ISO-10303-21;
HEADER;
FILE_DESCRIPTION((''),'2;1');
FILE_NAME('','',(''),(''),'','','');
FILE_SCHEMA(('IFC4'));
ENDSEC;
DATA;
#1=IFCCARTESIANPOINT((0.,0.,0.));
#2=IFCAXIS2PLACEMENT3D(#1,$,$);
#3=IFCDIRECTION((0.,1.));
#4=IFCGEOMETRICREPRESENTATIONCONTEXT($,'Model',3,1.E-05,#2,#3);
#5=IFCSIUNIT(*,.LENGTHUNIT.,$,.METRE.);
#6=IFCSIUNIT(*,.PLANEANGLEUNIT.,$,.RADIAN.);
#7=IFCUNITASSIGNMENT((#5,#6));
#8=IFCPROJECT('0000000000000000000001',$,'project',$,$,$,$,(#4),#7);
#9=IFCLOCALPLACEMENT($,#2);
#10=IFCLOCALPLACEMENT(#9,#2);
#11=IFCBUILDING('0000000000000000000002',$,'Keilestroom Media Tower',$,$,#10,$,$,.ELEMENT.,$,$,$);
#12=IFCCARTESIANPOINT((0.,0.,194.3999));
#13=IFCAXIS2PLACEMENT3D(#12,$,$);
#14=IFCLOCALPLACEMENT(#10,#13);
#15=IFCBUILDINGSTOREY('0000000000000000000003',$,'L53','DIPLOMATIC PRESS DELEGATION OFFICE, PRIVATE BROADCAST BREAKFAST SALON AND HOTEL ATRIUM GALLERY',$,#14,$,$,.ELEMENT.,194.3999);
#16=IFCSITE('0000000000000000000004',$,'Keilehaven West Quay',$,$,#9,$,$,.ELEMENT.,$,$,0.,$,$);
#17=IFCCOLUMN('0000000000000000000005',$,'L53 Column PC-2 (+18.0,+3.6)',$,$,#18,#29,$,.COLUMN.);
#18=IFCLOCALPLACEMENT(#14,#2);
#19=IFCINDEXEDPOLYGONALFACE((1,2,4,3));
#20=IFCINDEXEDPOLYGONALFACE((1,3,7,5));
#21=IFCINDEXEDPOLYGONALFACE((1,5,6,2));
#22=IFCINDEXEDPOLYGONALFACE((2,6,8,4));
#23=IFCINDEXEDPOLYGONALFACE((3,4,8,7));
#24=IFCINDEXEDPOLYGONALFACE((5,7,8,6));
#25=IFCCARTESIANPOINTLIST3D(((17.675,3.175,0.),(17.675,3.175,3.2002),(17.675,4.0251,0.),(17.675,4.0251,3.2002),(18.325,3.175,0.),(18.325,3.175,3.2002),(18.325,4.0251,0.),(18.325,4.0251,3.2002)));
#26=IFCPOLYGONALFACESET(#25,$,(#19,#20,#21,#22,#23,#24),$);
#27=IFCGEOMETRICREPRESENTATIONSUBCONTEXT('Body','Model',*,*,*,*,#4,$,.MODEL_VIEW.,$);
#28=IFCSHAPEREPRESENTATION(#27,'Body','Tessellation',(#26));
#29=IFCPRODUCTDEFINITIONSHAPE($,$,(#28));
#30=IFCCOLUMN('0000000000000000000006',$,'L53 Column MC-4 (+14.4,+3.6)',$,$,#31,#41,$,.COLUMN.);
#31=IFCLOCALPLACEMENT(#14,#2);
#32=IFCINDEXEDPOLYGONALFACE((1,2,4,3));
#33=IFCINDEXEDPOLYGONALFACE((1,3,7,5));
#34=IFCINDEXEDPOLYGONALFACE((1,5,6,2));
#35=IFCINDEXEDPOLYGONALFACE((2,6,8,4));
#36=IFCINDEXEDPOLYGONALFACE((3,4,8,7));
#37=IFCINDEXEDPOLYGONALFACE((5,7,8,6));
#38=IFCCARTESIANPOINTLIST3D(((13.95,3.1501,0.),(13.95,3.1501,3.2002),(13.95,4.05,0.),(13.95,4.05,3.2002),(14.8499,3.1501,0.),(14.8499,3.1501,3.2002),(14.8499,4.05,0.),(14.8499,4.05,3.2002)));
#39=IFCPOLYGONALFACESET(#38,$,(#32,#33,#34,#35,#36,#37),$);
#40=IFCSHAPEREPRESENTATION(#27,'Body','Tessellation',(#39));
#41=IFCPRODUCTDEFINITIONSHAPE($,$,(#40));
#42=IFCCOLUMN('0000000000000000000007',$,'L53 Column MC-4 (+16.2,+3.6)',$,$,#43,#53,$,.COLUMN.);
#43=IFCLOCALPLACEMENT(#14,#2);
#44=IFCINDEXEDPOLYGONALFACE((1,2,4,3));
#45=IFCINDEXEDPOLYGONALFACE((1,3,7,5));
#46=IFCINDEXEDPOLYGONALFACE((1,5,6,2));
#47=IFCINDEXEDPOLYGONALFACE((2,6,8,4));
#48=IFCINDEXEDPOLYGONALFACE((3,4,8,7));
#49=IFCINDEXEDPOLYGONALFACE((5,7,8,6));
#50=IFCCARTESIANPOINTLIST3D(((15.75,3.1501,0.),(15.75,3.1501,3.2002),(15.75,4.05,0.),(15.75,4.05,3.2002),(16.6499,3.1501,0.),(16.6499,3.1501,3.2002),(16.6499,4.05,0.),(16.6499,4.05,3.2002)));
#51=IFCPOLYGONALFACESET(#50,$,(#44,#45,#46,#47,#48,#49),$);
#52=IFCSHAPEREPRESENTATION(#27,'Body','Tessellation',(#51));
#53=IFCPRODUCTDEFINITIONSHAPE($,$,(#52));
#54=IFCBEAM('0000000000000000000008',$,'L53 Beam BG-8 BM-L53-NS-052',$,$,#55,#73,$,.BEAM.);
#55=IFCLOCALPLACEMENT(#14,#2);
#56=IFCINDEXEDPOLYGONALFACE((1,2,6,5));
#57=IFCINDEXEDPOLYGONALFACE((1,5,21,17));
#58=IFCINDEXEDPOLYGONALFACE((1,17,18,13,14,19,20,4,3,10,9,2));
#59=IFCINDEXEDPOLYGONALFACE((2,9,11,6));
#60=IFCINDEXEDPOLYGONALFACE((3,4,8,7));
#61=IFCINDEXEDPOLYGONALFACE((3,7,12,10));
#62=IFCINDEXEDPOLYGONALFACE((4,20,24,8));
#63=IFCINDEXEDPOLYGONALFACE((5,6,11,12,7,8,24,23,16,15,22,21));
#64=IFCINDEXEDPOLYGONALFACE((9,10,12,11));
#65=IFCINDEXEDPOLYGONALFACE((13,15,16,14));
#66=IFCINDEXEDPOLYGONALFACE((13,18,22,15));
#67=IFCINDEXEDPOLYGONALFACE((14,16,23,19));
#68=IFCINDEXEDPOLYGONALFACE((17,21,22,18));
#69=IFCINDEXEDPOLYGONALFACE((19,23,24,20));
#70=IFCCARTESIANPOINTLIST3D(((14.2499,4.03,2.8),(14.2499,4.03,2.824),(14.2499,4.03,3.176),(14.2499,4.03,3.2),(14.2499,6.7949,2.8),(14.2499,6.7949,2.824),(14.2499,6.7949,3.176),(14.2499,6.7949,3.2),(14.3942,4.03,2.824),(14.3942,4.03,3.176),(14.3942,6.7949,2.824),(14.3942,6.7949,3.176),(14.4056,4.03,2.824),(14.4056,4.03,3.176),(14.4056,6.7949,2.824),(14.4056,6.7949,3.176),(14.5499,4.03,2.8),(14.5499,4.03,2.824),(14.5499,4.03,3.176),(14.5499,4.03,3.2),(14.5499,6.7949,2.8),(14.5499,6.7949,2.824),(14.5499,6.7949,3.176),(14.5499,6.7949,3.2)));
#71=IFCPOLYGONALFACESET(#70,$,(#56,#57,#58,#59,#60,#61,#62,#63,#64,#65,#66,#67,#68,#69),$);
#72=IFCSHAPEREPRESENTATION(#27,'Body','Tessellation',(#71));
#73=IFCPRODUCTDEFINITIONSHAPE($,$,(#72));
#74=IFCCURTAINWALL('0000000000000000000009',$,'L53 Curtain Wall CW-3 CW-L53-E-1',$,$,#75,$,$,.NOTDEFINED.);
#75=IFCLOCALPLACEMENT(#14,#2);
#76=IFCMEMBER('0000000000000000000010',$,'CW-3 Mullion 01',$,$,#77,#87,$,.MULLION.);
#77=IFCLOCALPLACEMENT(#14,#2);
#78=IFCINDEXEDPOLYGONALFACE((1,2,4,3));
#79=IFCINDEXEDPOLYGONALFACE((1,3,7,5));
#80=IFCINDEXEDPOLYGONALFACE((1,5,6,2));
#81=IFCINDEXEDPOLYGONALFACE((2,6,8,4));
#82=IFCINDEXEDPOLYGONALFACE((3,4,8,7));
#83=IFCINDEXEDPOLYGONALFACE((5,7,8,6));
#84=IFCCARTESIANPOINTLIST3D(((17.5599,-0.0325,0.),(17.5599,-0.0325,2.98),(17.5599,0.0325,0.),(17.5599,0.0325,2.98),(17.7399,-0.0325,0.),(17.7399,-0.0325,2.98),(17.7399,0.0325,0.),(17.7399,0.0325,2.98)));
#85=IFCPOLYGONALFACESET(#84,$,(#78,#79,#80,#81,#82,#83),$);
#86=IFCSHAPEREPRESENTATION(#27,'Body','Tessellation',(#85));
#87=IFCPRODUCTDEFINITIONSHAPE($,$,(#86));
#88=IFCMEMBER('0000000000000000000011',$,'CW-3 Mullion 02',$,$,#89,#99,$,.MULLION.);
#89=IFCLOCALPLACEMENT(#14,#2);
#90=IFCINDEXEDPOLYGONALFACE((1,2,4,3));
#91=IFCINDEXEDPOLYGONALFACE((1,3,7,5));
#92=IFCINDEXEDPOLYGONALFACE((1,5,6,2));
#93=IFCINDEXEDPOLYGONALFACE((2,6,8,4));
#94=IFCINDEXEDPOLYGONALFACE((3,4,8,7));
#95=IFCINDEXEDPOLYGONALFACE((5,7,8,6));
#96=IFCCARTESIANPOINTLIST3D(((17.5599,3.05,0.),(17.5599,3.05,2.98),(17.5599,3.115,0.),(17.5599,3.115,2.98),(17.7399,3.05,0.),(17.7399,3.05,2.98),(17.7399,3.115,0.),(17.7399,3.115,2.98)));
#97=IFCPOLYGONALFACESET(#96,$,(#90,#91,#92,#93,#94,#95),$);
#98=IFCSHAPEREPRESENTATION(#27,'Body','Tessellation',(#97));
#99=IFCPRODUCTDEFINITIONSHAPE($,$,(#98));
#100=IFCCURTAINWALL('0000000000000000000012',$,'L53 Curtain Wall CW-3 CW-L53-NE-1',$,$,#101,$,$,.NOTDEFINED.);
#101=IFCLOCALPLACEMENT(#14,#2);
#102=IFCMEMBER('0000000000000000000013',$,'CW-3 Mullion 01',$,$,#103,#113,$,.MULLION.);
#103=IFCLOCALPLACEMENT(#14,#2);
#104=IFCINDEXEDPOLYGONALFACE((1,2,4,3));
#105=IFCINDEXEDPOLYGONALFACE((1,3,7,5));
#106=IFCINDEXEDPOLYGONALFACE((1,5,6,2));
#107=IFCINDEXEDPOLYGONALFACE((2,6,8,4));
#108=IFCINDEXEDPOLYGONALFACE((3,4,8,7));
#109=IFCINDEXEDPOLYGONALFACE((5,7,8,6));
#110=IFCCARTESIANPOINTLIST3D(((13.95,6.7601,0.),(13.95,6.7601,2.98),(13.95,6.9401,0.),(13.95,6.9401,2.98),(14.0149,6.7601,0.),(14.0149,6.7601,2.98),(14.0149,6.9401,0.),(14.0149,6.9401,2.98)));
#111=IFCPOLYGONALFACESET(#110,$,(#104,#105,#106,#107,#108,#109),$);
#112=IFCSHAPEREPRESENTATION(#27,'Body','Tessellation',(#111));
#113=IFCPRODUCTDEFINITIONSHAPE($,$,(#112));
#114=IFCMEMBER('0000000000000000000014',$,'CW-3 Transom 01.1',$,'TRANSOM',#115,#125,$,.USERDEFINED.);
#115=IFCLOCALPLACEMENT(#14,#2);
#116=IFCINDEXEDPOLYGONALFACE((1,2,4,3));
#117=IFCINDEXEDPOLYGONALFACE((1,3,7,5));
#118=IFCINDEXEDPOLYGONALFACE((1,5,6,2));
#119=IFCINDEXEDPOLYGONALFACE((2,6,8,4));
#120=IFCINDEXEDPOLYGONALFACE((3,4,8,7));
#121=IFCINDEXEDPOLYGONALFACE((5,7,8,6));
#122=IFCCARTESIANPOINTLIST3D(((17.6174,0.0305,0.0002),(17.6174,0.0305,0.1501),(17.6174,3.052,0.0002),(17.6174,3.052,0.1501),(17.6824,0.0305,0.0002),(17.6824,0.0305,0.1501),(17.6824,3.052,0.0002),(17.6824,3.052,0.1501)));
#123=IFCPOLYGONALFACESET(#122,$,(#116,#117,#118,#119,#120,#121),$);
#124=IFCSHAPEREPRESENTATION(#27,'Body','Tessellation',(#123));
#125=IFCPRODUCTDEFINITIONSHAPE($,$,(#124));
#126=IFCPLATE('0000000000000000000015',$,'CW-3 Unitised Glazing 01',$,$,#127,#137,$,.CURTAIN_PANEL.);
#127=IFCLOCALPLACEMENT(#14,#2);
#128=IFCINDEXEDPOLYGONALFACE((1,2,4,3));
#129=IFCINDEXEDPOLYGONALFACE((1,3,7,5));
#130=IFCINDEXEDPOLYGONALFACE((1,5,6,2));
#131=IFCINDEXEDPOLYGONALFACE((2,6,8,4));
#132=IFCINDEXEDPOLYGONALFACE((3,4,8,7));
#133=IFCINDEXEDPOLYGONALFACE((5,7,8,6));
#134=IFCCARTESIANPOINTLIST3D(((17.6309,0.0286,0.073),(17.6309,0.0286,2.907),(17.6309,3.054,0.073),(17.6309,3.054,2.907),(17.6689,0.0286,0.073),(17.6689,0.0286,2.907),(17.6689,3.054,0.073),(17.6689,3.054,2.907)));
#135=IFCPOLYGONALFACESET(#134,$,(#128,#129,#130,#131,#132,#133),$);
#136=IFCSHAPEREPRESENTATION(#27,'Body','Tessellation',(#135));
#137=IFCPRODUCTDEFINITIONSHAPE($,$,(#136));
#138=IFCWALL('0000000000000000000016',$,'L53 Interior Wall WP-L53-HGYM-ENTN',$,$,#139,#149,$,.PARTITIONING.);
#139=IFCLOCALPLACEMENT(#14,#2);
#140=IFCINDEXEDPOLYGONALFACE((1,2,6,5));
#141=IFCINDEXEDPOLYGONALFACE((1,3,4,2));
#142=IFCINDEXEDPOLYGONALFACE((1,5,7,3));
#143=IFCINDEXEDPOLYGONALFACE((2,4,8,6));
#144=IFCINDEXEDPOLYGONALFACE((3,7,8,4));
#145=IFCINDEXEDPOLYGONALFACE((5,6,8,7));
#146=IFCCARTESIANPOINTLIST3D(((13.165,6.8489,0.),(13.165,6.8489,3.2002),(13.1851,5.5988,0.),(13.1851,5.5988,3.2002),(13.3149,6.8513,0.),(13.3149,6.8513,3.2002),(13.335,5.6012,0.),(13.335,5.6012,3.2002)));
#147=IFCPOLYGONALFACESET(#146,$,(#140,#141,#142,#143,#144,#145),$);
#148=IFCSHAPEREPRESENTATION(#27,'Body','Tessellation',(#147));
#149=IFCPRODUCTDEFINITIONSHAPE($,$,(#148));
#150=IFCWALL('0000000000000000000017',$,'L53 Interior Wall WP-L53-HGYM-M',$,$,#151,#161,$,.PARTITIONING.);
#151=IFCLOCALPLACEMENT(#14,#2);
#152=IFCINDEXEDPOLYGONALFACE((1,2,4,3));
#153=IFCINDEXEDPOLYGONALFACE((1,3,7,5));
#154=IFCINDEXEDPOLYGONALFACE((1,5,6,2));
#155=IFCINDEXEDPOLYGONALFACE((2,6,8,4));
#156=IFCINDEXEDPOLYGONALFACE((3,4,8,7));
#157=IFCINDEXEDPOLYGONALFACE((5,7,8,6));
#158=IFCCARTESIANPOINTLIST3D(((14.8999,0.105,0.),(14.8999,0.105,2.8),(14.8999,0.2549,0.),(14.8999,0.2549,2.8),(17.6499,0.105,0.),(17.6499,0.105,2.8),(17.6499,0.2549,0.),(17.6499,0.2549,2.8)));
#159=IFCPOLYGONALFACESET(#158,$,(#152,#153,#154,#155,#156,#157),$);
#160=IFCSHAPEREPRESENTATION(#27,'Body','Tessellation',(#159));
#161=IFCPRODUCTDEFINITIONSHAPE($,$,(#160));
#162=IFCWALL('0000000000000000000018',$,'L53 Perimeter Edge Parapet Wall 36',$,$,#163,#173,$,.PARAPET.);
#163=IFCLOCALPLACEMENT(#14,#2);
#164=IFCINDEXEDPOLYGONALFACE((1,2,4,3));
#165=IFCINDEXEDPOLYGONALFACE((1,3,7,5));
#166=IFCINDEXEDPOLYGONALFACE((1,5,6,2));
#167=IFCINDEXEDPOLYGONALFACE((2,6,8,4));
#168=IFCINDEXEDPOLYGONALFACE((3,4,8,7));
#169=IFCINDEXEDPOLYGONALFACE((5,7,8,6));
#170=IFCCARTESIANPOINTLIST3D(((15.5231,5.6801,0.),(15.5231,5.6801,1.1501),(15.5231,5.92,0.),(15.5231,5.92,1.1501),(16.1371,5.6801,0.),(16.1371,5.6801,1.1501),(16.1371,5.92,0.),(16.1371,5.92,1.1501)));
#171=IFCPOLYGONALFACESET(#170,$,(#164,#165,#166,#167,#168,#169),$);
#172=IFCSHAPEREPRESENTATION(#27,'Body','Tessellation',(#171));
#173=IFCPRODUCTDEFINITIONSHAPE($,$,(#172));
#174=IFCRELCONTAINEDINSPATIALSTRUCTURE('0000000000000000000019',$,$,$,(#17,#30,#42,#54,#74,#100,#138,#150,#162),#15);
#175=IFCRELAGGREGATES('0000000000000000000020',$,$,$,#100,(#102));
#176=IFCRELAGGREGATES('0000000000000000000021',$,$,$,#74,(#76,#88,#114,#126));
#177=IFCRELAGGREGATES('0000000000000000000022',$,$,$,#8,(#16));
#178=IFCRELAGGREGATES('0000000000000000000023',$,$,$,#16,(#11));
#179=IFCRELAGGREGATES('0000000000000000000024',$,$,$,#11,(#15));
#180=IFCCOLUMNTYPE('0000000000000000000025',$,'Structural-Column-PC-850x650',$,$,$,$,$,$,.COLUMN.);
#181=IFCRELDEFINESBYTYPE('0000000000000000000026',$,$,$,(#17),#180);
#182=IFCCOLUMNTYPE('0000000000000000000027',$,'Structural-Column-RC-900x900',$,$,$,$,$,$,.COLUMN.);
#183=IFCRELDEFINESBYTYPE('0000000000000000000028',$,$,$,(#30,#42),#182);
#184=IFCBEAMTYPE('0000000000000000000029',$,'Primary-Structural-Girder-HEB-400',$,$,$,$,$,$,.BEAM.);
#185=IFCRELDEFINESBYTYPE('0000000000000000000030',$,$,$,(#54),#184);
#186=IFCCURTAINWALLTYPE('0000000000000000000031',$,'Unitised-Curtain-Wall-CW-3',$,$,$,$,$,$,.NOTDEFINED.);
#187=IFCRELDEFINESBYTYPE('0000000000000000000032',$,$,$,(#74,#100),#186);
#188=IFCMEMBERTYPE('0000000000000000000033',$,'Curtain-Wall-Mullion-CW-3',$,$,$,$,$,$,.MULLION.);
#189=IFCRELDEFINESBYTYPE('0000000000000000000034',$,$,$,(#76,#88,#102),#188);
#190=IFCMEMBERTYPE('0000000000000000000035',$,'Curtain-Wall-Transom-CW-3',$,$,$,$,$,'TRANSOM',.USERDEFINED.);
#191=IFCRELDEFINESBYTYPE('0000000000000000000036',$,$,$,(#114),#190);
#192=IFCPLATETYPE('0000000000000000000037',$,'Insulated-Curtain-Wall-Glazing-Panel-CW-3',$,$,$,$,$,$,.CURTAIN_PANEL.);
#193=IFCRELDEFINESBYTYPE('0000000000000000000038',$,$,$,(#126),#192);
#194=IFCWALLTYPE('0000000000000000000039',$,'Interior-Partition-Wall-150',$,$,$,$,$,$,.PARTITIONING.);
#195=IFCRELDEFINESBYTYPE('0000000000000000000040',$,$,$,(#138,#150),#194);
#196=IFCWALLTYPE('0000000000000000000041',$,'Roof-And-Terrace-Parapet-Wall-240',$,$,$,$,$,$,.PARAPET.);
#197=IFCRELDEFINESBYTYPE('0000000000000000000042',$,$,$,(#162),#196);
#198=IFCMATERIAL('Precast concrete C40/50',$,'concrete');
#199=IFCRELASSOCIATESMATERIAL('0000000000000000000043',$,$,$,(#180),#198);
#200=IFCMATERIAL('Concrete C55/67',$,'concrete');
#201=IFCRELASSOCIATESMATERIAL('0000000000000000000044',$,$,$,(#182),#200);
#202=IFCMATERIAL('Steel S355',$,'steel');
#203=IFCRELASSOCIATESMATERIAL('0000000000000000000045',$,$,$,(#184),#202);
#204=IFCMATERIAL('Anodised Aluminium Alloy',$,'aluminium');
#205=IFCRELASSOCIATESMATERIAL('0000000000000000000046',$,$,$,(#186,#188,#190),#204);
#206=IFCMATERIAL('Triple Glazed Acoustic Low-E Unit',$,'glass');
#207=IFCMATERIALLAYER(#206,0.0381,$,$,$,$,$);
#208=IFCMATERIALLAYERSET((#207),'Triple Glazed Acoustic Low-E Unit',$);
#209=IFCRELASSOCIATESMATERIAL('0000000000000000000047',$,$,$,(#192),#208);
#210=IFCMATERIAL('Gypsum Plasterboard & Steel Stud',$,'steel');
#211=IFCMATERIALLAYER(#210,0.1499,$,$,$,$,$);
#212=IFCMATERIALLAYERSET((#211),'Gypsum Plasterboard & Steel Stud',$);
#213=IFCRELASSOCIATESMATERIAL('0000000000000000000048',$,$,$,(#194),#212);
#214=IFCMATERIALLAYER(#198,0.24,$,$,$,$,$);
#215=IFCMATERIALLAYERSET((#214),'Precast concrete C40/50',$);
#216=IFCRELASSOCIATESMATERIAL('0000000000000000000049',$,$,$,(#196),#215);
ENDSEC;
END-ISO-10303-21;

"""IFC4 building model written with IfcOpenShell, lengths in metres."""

from ifc_helpers import new_model, si_unit, direction, frame, frame_2d, origin, origin_2d, place, context, subcontext, project, spatial, rectangle, i_section, extrude, source, transform, mapped, material, layer, layer_set, material_profile, profile_set, type_object, element, aggregate, save


model = new_model("IFC4")

# Units and contexts
model_context = context("Model", 3, precision=1e-05, world=origin(), true_north=direction((0.0, 1.0)))
body_context = subcontext(model_context, "Body", "Model", "MODEL_VIEW")
ifc_project = project(units=[si_unit("LENGTHUNIT", "METRE"), si_unit("PLANEANGLEUNIT", "RADIAN")], contexts=[model_context])

# Site, building, storey
site_placement = place(None, origin())
site = spatial("IfcSite", under=ifc_project, at=site_placement, Name="Keilehaven West Quay", CompositionType="ELEMENT", RefElevation=0.0)
building_placement = place(site_placement, origin())
building = spatial("IfcBuilding", under=site, at=building_placement, Name="Keilestroom Media Tower", CompositionType="ELEMENT")
storey_placement = place(building_placement, frame((0.0, 0.0, 194.3999)))
storey = spatial("IfcBuildingStorey", under=building, at=storey_placement, Name="L53", Description="DIPLOMATIC PRESS DELEGATION OFFICE, PRIVATE BROADCAST BREAKFAST SALON AND HOTEL ATRIUM GALLERY", CompositionType="ELEMENT", Elevation=194.3999)

# Columns
ifc_material_1 = material(Name="Precast concrete C40/50", Category="concrete")
ifc_material_profile_1 = material_profile(ifc_material_1, rectangle(XDim=0.6499, YDim=0.8501, at=origin_2d()), Name="PC 850x650")
ifc_profile_set_1 = profile_set([ifc_material_profile_1], Name="Precast concrete C40/50")
column_type_1 = type_object("IfcColumnType", Name="Structural-Column-PC-850x650", PredefinedType="COLUMN", material=ifc_profile_set_1)
shared_shape_1 = source(origin(), body_context, "Body", "SweptSolid", [
    extrude(rectangle(XDim=0.6499, YDim=0.8501, at=origin_2d()), origin(), (0.0, 0.0, 1.0), 3.2002),
])
column_placement = place(storey_placement, frame((18.0, 3.6001, 0.0), z_axis=(0.0, 0.0, 1.0), x_axis=(1.0, 0.0, 0.0)))
element("IfcColumn", 1, at=column_placement, inside=storey, type_object=column_type_1, Name="L53 Column PC-2 (+18.0,+3.6)", PredefinedType="COLUMN", context=body_context, shape_type="MappedRepresentation", body=[
    mapped(shared_shape_1, transform((0.0, 0.0, 0.0), x_axis=(1.0, 0.0, 0.0), y_axis=(0.0, 1.0, 0.0), z_axis=(0.0, 0.0, 1.0), scale=1.0)),
])
ifc_material_2 = material(Name="Concrete C55/67", Category="concrete")
ifc_material_profile_2 = material_profile(ifc_material_2, rectangle(XDim=0.8999, YDim=0.8999, at=origin_2d()), Name="RC 900x900")
ifc_profile_set_2 = profile_set([ifc_material_profile_2], Name="Concrete C55/67")
column_type_2 = type_object("IfcColumnType", Name="Structural-Column-RC-900x900", PredefinedType="COLUMN", material=ifc_profile_set_2)
shared_shape_2 = source(origin(), body_context, "Body", "SweptSolid", [
    extrude(rectangle(XDim=0.8999, YDim=0.8999, at=origin_2d()), origin(), (0.0, 0.0, 1.0), 3.2002),
])
for number, where, z_axis, x_axis, name in (
    (2, (14.3999, 3.6001, 0.0), (0.0, 0.0, 1.0), (1.0, 0.0, 0.0), "L53 Column MC-4 (+14.4,+3.6)"),
    (3, (16.2, 3.6001, 0.0), (0.0, 0.0, 1.0), (1.0, 0.0, 0.0), "L53 Column MC-4 (+16.2,+3.6)"),
):
    element("IfcColumn", number, at=place(storey_placement, frame(where, z_axis=z_axis, x_axis=x_axis)), inside=storey, type_object=column_type_2, Name=name, PredefinedType="COLUMN", context=body_context, shape_type="MappedRepresentation", body=[
        mapped(shared_shape_2, transform((0.0, 0.0, 0.0), x_axis=(1.0, 0.0, 0.0), y_axis=(0.0, 1.0, 0.0), z_axis=(0.0, 0.0, 1.0), scale=1.0)),
    ])

# Beam
ifc_material_3 = material(Name="Steel S355", Category="steel")
ifc_material_profile_3 = material_profile(ifc_material_3, i_section(OverallWidth=0.3, OverallDepth=0.3999, WebThickness=0.0115, FlangeThickness=0.0239, at=origin_2d()), Name="HEB 400")
ifc_profile_set_3 = profile_set([ifc_material_profile_3], Name="Steel S355")
beam_type = type_object("IfcBeamType", Name="Primary-Structural-Girder-HEB-400", PredefinedType="BEAM", material=ifc_profile_set_3)
shared_shape_3 = source(origin(), body_context, "Body", "SweptSolid", [
    extrude(i_section(OverallWidth=0.3, OverallDepth=0.3999, WebThickness=0.0115, FlangeThickness=0.0239, at=origin_2d()), origin(), (0.0, 0.0, 1.0), 2.7649),
])
beam_placement = place(storey_placement, frame((14.3999, 4.03, 3.0), z_axis=(0.0, 1.0, 0.0), x_axis=(-1.0, 0.0, 0.0)))
element("IfcBeam", 4, at=beam_placement, inside=storey, type_object=beam_type, Name="L53 Beam BG-8 BM-L53-NS-052", PredefinedType="BEAM", context=body_context, shape_type="MappedRepresentation", body=[
    mapped(shared_shape_3, transform((0.0, 0.0, 0.0), x_axis=(1.0, 0.0, 0.0), y_axis=(0.0, 1.0, 0.0), z_axis=(0.0, 0.0, 1.0), scale=1.0)),
])

# Curtain wall, members
ifc_material_4 = material(Name="Anodised Aluminium Alloy", Category="aluminium")
curtain_wall_type = type_object("IfcCurtainWallType", Name="Unitised-Curtain-Wall-CW-3", PredefinedType="NOTDEFINED", material=ifc_material_4)
curtain_wall_1_placement = place(storey_placement, origin())
curtain_wall_1 = element("IfcCurtainWall", 5, at=curtain_wall_1_placement, inside=storey, type_object=curtain_wall_type, Name="L53 Curtain Wall CW-3 CW-L53-E-1", PredefinedType="NOTDEFINED")
ifc_material_profile_4 = material_profile(ifc_material_4, rectangle(XDim=0.0649, YDim=0.1799, at=origin_2d()), Name="ALU MULLION 65x180")
ifc_profile_set_4 = profile_set([ifc_material_profile_4], Name="Anodised Aluminium Alloy")
member_type_1 = type_object("IfcMemberType", Name="Curtain-Wall-Mullion-CW-3", PredefinedType="MULLION", material=ifc_profile_set_4)
shared_shape_4 = source(origin(), body_context, "Body", "SweptSolid", [
    extrude(rectangle(XDim=0.0649, YDim=0.1799, at=origin_2d()), origin(), (0.0, 0.0, 1.0), 2.98),
])
member_1_placement = place(storey_placement, frame((17.6499, 0.0, 0.0), z_axis=(0.0, 0.0, 1.0), x_axis=(0.0, 1.0, 0.0)))
member_1 = element("IfcMember", 6, at=member_1_placement, type_object=member_type_1, Name="CW-3 Mullion 01", PredefinedType="MULLION", context=body_context, shape_type="MappedRepresentation", body=[
    mapped(shared_shape_4, transform((0.0, 0.0, 0.0), x_axis=(1.0, 0.0, 0.0), y_axis=(0.0, 1.0, 0.0), z_axis=(0.0, 0.0, 1.0), scale=1.0)),
])
member_2_placement = place(storey_placement, frame((17.6499, 3.0825, 0.0), z_axis=(0.0, 0.0, 1.0), x_axis=(0.0, 1.0, 0.0)))
member_2 = element("IfcMember", 7, at=member_2_placement, type_object=member_type_1, Name="CW-3 Mullion 02", PredefinedType="MULLION", context=body_context, shape_type="MappedRepresentation", body=[
    mapped(shared_shape_4, transform((0.0, 0.0, 0.0), x_axis=(1.0, 0.0, 0.0), y_axis=(0.0, 1.0, 0.0), z_axis=(0.0, 0.0, 1.0), scale=1.0)),
])

# Curtain wall, member
curtain_wall_2_placement = place(storey_placement, origin())
curtain_wall_2 = element("IfcCurtainWall", 8, at=curtain_wall_2_placement, inside=storey, type_object=curtain_wall_type, Name="L53 Curtain Wall CW-3 CW-L53-NE-1", PredefinedType="NOTDEFINED")
member_3_placement = place(storey_placement, frame((13.9824, 6.8501, 0.0), z_axis=(0.0, 0.0, 1.0), x_axis=(1.0, 0.0, 0.0)))
member_3 = element("IfcMember", 9, at=member_3_placement, type_object=member_type_1, Name="CW-3 Mullion 01", PredefinedType="MULLION", context=body_context, shape_type="MappedRepresentation", body=[
    mapped(shared_shape_4, transform((0.0, 0.0, 0.0), x_axis=(1.0, 0.0, 0.0), y_axis=(0.0, 1.0, 0.0), z_axis=(0.0, 0.0, 1.0), scale=1.0)),
])
aggregate(curtain_wall_2, [member_3])

# Member
ifc_material_profile_5 = material_profile(ifc_material_4, rectangle(XDim=0.0649, YDim=0.1499, at=origin_2d()), Name="ALU TRANSOM 65x150")
ifc_profile_set_5 = profile_set([ifc_material_profile_5], Name="Anodised Aluminium Alloy")
member_type_2 = type_object("IfcMemberType", Name="Curtain-Wall-Transom-CW-3", ElementType="TRANSOM", PredefinedType="USERDEFINED", material=ifc_profile_set_5)
shared_shape_5 = source(origin(), body_context, "Body", "SweptSolid", [
    extrude(rectangle(XDim=0.0649, YDim=0.1499, at=origin_2d()), origin(), (0.0, 0.0, 1.0), 3.0215),
])
member_4_placement = place(storey_placement, frame((17.6499, 0.0305, 0.0752), z_axis=(0.0, 1.0, 0.0), x_axis=(-1.0, 0.0, 0.0)))
member_4 = element("IfcMember", 10, at=member_4_placement, type_object=member_type_2, Name="CW-3 Transom 01.1", ObjectType="TRANSOM", PredefinedType="USERDEFINED", context=body_context, shape_type="MappedRepresentation", body=[
    mapped(shared_shape_5, transform((0.0, 0.0, 0.0), x_axis=(1.0, 0.0, 0.0), y_axis=(0.0, 1.0, 0.0), z_axis=(0.0, 0.0, 1.0), scale=1.0)),
])

# Plate
ifc_material_5 = material(Name="Triple Glazed Acoustic Low-E Unit", Category="glass")
ifc_layer_1 = layer(ifc_material_5, 0.0381)
ifc_layer_set_1 = layer_set([ifc_layer_1], Name="Triple Glazed Acoustic Low-E Unit")
plate_type = type_object("IfcPlateType", Name="Insulated-Curtain-Wall-Glazing-Panel-CW-3", PredefinedType="CURTAIN_PANEL", material=ifc_layer_set_1)
shared_shape_6 = source(origin(), body_context, "Body", "SweptSolid", [
    extrude(rectangle(XDim=3.0254, YDim=0.0381, at=origin_2d()), origin(), (0.0, 0.0, 1.0), 2.834),
])
plate_placement = place(storey_placement, frame((17.6499, 1.5413, 0.073), z_axis=(0.0, 0.0, 1.0), x_axis=(0.0, 1.0, 0.0)))
plate = element("IfcPlate", 11, at=plate_placement, type_object=plate_type, Name="CW-3 Unitised Glazing 01", PredefinedType="CURTAIN_PANEL", context=body_context, shape_type="MappedRepresentation", body=[
    mapped(shared_shape_6, transform((0.0, 0.0, 0.0), x_axis=(1.0, 0.0, 0.0), y_axis=(0.0, 1.0, 0.0), z_axis=(0.0, 0.0, 1.0), scale=1.0)),
])
aggregate(curtain_wall_1, [member_1, member_2, member_4, plate])

# Walls
ifc_material_6 = material(Name="Gypsum Plasterboard & Steel Stud", Category="steel")
ifc_layer_2 = layer(ifc_material_6, 0.1499)
ifc_layer_set_2 = layer_set([ifc_layer_2], Name="Gypsum Plasterboard & Steel Stud")
wall_type_1 = type_object("IfcWallType", Name="Interior-Partition-Wall-150", PredefinedType="PARTITIONING", material=ifc_layer_set_2)
wall_1_placement = place(storey_placement, frame((13.26, 5.6001, 0.0), z_axis=(0.0, 0.0, 1.0), x_axis=(-0.016014, 0.999872, 0.0)))
element("IfcWall", 12, at=wall_1_placement, inside=storey, type_object=wall_type_1, Name="L53 Interior Wall WP-L53-HGYM-ENTN", PredefinedType="PARTITIONING", context=body_context, shape_type="SweptSolid", body=[
    extrude(rectangle(XDim=1.2502, YDim=0.1499, at=frame_2d((0.625, 0.0))), origin(), (0.0, 0.0, 1.0), 3.2002),
])
wall_2_placement = place(storey_placement, frame((14.8999, 0.1799, 0.0), z_axis=(0.0, 0.0, 1.0), x_axis=(1.0, 0.0, 0.0)))
element("IfcWall", 13, at=wall_2_placement, inside=storey, type_object=wall_type_1, Name="L53 Interior Wall WP-L53-HGYM-M", PredefinedType="PARTITIONING", context=body_context, shape_type="SweptSolid", body=[
    extrude(rectangle(XDim=2.75, YDim=0.1499, at=frame_2d((1.375, 0.0))), origin(), (0.0, 0.0, 1.0), 2.8),
])
ifc_layer_3 = layer(ifc_material_1, 0.24)
ifc_layer_set_3 = layer_set([ifc_layer_3], Name="Precast concrete C40/50")
wall_type_2 = type_object("IfcWallType", Name="Roof-And-Terrace-Parapet-Wall-240", PredefinedType="PARAPET", material=ifc_layer_set_3)
wall_3_placement = place(storey_placement, frame((15.5229, 5.8, 0.0), z_axis=(0.0, 0.0, 1.0), x_axis=(1.0, 0.0, 0.0)))
element("IfcWall", 14, at=wall_3_placement, inside=storey, type_object=wall_type_2, Name="L53 Perimeter Edge Parapet Wall 36", PredefinedType="PARAPET", context=body_context, shape_type="SweptSolid", body=[
    extrude(rectangle(XDim=0.614, YDim=0.24, at=frame_2d((0.3071, 0.0))), origin(), (0.0, 0.0, 1.0), 1.1501),
])

save(model, "model.ifc")
